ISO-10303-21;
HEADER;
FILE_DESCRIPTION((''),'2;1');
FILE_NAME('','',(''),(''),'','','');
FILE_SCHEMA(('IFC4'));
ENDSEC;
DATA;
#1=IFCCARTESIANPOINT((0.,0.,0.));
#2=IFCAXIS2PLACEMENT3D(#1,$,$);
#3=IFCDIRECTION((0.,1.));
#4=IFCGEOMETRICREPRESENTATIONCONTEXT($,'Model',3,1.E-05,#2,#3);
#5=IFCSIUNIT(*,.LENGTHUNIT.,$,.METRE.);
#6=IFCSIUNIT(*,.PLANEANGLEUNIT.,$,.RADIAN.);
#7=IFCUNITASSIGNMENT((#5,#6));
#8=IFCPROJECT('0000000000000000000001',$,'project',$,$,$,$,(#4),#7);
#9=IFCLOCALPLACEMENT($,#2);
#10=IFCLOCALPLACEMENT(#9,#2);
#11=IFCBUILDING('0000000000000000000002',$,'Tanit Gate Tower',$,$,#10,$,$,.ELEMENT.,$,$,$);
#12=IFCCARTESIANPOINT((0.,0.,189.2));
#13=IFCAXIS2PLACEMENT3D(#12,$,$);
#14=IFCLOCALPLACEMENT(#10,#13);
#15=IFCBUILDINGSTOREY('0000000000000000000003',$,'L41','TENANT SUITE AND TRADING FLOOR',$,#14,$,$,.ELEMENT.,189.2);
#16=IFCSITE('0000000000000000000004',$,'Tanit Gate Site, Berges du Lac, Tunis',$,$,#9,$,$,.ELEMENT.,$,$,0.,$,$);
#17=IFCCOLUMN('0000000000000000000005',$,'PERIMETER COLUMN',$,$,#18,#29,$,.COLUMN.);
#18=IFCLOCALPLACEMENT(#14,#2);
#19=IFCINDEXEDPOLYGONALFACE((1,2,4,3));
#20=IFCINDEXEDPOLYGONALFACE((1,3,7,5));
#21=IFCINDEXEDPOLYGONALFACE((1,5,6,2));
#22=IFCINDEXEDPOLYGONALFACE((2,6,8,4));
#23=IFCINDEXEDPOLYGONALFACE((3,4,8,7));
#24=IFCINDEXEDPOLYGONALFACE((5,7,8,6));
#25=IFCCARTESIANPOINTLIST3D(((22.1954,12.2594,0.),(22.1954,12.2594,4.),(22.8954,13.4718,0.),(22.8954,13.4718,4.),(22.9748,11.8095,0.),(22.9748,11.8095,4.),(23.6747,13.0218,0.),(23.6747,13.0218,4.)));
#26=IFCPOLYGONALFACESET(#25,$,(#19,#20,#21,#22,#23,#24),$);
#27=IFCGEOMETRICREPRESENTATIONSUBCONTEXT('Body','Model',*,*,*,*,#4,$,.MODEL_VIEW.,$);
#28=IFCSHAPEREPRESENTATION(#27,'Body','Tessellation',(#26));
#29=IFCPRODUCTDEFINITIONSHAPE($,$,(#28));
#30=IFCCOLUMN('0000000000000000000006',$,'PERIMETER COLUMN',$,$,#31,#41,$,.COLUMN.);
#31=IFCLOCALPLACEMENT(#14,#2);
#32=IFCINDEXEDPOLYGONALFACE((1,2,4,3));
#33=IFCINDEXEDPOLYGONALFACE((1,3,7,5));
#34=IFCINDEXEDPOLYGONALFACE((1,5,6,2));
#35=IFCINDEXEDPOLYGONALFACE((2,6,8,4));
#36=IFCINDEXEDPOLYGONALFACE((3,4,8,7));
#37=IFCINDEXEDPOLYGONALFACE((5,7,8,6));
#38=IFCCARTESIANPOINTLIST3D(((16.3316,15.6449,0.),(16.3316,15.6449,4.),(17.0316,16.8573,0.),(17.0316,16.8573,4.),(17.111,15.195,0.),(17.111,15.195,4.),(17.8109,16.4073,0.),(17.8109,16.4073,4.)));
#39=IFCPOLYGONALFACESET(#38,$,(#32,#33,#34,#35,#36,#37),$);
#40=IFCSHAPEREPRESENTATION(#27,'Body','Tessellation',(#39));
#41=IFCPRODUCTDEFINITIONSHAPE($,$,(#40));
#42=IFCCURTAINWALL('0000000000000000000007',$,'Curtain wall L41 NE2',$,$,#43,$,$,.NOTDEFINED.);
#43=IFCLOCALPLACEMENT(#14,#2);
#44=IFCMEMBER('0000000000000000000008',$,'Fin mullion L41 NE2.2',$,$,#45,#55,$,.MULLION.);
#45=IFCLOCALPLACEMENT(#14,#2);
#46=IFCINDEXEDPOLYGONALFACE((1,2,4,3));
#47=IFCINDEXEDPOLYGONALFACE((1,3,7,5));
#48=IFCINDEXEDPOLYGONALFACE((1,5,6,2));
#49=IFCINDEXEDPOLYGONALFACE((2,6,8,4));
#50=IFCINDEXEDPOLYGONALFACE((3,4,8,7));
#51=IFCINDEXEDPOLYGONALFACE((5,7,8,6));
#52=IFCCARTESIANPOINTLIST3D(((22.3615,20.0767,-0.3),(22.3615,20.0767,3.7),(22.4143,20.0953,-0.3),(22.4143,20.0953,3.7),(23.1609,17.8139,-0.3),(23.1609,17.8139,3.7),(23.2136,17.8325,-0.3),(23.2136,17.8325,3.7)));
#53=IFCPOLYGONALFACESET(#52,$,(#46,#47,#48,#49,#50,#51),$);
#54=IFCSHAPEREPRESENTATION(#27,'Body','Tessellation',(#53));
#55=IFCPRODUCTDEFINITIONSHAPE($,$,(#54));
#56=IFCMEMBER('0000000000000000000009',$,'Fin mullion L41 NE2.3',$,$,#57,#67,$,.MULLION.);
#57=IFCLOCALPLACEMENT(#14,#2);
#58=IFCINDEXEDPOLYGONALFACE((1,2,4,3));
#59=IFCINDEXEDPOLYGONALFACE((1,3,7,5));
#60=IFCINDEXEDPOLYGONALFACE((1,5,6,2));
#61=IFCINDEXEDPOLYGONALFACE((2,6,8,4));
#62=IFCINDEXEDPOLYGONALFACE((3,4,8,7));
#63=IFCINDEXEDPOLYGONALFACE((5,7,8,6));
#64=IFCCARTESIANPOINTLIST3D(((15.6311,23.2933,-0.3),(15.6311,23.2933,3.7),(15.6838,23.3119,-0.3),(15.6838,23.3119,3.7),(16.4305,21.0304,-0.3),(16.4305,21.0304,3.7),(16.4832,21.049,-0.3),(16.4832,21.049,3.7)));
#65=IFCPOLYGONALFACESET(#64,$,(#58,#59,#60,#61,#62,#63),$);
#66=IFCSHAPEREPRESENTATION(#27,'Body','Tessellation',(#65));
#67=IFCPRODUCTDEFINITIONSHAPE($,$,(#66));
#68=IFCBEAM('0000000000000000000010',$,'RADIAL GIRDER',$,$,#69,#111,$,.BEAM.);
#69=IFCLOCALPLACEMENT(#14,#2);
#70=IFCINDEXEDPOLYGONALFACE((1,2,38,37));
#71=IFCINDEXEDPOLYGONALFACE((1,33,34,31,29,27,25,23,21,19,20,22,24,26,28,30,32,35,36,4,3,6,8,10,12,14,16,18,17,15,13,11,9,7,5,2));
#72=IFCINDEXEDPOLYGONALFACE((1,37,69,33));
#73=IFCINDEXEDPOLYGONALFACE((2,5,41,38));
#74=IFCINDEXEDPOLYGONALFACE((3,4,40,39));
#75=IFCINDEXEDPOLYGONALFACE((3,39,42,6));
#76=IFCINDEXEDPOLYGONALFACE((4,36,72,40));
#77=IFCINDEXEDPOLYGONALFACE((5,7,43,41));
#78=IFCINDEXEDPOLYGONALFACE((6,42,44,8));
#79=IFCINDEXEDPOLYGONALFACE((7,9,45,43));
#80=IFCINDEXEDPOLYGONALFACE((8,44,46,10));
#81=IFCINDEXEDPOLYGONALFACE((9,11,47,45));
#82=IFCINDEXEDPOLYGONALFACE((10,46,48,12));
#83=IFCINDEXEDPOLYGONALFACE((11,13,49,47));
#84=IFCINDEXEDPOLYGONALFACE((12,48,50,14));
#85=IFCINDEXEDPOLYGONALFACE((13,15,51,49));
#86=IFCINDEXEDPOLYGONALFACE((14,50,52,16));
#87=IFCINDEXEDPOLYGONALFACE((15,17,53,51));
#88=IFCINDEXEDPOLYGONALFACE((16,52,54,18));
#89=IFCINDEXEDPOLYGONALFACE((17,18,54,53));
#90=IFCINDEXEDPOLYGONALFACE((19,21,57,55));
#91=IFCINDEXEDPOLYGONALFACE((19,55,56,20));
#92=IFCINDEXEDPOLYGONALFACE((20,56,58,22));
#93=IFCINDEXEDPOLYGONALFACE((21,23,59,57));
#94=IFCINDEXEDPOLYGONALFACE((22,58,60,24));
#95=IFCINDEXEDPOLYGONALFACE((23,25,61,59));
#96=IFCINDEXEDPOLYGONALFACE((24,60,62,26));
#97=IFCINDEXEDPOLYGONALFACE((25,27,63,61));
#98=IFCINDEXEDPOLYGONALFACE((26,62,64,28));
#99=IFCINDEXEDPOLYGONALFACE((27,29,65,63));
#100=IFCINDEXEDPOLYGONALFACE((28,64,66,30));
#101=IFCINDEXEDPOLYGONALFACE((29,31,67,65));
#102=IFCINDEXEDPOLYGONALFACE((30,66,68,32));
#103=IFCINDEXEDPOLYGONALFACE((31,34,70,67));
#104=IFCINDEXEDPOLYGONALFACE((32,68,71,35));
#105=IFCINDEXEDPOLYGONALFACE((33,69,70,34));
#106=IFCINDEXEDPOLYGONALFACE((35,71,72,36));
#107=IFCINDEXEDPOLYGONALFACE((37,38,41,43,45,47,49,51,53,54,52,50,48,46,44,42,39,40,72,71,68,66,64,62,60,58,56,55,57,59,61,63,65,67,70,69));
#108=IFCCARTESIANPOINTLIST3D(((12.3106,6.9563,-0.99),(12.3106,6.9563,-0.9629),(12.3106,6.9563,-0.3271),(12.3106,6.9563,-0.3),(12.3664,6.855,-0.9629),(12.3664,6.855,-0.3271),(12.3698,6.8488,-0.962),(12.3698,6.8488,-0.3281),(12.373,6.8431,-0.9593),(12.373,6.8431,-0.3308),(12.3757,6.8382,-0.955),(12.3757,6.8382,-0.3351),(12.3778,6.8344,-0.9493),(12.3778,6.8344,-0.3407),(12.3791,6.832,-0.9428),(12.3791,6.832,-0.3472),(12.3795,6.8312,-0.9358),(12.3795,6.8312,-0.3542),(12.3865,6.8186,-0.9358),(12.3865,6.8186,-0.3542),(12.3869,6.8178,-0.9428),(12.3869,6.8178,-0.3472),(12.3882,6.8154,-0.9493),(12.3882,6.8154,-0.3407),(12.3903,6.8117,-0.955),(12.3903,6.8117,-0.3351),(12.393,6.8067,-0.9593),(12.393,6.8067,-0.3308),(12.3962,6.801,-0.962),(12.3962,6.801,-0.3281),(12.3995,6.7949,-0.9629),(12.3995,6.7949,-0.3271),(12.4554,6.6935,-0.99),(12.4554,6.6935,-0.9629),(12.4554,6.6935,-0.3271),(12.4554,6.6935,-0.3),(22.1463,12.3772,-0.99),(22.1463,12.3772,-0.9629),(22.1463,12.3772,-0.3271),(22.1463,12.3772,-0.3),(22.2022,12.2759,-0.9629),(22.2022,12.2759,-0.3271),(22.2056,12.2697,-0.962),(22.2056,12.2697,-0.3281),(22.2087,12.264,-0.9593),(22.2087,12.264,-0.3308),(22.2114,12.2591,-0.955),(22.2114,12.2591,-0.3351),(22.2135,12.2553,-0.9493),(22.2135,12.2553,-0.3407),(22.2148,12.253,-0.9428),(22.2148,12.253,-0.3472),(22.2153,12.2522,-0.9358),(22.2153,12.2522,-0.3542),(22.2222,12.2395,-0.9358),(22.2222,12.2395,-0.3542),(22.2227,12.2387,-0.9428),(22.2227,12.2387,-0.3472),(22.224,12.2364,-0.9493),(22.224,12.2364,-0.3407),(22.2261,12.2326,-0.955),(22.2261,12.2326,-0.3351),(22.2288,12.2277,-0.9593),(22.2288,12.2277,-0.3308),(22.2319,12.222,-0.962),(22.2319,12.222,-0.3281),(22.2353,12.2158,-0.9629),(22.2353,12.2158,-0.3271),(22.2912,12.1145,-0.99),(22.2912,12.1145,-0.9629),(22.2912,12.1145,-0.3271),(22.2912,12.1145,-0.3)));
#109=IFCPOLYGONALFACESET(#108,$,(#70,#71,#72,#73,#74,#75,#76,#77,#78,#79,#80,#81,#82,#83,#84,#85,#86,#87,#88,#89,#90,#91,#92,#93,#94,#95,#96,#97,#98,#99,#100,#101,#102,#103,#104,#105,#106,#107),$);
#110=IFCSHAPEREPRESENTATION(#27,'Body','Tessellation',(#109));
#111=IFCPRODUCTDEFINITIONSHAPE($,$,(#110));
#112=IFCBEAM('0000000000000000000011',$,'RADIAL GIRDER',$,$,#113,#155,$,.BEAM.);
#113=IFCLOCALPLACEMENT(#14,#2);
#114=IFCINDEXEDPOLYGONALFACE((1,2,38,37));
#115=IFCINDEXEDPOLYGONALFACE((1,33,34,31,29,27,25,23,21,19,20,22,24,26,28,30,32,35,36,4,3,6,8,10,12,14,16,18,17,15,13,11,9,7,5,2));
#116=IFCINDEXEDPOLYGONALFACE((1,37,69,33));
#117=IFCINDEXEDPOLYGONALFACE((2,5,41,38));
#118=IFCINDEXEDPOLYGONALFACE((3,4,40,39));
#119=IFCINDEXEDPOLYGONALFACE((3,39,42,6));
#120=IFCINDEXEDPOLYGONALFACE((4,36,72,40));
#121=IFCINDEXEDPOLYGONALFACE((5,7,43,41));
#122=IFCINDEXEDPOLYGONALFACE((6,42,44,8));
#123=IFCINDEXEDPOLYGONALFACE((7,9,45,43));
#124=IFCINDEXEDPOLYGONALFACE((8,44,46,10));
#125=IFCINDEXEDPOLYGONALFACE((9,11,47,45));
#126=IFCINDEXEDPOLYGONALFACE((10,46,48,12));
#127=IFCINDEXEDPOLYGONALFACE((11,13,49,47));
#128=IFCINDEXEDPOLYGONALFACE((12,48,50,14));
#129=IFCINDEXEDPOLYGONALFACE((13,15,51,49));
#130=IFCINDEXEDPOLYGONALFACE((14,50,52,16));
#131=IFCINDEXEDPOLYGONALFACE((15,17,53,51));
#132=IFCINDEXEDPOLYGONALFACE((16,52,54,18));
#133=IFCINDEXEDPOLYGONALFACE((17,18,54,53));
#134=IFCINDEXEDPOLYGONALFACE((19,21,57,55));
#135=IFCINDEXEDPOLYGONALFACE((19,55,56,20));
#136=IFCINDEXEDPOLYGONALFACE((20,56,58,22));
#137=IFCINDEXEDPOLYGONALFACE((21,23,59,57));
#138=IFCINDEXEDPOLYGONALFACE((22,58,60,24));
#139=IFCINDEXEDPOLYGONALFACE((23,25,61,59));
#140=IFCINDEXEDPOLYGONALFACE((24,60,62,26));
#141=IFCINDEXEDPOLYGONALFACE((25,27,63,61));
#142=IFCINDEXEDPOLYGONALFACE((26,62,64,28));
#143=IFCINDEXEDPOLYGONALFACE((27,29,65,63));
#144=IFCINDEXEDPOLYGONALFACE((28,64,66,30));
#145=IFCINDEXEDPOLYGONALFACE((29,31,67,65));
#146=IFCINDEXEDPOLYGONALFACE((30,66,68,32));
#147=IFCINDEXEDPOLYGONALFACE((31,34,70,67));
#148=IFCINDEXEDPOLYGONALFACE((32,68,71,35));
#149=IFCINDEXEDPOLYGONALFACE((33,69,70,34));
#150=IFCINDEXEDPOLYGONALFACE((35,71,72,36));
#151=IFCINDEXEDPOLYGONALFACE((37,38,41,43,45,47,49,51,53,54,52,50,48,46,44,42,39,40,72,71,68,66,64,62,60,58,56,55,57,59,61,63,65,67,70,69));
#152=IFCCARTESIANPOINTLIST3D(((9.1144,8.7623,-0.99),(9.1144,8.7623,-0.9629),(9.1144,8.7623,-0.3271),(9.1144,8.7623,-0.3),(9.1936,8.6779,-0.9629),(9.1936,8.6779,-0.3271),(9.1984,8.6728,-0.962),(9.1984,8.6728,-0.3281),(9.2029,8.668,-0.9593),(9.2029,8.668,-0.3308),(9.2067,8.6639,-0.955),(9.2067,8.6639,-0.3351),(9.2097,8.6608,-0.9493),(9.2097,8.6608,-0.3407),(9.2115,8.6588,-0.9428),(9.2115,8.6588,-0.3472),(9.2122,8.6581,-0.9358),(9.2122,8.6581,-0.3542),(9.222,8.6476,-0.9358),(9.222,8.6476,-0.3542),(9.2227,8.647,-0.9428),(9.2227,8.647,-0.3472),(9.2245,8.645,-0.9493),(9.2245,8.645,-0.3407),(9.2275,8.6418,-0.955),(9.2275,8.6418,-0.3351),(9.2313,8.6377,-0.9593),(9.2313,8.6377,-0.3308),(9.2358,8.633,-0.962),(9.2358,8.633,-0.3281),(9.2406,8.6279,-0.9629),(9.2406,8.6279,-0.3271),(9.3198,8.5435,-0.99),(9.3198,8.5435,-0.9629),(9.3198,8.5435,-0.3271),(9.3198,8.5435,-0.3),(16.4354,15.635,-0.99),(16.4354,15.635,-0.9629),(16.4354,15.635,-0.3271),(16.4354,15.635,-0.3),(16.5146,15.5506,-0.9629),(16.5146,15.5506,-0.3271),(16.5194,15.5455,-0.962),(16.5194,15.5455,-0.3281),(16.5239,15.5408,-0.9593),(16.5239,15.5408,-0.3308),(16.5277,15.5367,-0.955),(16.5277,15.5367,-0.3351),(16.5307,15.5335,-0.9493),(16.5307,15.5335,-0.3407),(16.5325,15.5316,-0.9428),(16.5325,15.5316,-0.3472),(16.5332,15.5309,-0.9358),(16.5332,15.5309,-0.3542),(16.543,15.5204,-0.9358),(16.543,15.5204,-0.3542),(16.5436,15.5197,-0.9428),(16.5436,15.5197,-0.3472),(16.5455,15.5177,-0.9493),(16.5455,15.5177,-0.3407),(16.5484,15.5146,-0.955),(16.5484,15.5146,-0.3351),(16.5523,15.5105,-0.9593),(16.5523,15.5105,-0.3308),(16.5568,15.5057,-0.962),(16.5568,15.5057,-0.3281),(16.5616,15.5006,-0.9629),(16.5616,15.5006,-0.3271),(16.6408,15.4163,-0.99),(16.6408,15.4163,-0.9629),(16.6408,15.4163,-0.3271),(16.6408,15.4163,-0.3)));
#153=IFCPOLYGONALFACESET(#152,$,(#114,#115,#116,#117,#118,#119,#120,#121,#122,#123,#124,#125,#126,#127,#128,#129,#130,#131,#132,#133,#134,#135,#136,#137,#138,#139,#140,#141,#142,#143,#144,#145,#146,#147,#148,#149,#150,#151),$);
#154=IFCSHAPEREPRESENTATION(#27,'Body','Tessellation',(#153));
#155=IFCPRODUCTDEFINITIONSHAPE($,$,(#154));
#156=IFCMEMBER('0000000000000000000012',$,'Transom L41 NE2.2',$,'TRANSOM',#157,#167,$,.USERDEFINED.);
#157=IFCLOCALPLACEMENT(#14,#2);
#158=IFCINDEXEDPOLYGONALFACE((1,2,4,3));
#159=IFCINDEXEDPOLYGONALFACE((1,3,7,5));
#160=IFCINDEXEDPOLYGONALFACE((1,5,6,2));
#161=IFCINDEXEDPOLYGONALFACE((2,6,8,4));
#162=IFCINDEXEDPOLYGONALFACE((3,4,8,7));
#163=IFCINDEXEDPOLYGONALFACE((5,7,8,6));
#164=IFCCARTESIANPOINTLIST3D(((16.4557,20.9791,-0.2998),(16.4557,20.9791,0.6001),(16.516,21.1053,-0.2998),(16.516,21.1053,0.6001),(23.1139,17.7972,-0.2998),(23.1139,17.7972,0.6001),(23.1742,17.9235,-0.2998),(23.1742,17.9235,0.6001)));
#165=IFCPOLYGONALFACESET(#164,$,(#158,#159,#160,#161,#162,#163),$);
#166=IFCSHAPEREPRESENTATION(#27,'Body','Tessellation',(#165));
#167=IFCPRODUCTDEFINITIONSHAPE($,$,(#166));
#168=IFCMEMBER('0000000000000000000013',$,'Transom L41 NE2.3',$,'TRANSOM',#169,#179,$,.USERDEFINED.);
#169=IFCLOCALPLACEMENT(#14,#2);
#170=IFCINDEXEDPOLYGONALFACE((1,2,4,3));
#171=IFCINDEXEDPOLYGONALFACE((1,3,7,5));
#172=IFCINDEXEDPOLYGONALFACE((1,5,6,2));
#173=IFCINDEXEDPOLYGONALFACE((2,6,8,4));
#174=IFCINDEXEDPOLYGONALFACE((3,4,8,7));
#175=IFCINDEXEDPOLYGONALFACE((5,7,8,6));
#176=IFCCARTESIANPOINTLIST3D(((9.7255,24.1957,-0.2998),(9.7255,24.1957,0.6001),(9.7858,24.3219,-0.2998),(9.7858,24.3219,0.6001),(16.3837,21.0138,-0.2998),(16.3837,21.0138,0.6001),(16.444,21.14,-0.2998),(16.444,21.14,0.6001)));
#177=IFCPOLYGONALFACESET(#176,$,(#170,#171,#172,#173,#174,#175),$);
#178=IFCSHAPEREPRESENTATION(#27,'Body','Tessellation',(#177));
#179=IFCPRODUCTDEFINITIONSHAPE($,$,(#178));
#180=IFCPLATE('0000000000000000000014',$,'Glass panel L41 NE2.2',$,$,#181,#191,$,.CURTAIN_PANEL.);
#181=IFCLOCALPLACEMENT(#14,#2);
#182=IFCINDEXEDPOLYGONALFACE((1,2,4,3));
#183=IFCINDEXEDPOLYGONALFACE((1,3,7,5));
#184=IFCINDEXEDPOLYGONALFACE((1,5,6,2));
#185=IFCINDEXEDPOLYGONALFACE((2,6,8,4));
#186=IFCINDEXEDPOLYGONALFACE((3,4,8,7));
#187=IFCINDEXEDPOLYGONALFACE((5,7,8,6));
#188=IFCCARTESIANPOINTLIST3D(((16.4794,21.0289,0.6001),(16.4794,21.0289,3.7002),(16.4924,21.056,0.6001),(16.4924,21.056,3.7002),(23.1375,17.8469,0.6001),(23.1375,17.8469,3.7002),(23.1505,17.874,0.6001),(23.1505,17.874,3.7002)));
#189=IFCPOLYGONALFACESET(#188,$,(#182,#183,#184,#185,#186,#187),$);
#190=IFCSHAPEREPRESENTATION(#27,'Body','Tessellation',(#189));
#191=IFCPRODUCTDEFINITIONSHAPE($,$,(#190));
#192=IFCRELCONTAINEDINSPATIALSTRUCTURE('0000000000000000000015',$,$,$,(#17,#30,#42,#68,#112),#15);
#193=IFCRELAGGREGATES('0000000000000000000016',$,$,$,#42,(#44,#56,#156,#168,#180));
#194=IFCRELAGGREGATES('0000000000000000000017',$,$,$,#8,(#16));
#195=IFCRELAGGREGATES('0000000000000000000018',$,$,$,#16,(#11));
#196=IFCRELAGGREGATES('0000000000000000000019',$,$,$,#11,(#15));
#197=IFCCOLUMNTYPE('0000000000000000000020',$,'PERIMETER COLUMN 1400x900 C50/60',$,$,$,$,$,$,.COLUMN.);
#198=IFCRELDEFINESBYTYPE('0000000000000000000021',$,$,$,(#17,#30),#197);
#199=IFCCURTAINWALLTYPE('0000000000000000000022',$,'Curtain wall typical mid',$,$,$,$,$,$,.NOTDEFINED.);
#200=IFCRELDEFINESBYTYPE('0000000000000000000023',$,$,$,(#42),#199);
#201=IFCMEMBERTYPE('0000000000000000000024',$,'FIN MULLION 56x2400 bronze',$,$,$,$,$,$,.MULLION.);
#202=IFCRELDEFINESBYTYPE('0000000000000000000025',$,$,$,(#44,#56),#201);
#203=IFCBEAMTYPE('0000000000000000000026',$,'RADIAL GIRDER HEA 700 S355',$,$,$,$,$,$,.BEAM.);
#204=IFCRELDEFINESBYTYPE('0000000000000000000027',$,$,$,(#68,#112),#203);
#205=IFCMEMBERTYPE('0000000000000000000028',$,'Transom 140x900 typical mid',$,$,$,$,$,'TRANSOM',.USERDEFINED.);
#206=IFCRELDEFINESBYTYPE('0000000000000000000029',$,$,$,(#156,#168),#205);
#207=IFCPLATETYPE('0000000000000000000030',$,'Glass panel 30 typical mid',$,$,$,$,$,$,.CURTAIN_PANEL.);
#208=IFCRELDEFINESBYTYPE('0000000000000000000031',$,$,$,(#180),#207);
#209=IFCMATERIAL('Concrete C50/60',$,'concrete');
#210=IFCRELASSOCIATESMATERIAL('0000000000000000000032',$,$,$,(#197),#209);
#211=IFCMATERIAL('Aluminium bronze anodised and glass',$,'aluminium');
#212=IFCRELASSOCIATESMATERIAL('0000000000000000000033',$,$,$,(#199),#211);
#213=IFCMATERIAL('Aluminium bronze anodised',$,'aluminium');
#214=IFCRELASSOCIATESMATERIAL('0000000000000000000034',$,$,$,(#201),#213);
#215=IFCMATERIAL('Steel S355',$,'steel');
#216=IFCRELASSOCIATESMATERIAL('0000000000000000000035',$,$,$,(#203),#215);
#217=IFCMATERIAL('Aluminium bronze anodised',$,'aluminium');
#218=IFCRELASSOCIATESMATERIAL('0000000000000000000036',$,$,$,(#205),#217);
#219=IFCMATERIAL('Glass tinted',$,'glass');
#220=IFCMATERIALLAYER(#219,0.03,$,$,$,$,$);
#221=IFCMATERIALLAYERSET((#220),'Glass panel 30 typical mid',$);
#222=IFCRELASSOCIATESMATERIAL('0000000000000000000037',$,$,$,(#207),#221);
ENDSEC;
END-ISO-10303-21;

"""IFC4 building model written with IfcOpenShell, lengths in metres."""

from ifc_helpers import new_model, si_unit, direction, frame, origin, origin_2d, place, context, subcontext, project, spatial, rectangle, i_section, extrude, material, layer, layer_set, material_profile, profile_set, type_object, element, aggregate, save


model = new_model("IFC4")

# Units and contexts
model_context = context("Model", 3, precision=1e-05, world=origin(), true_north=direction((0.0, 1.0)))
body_context = subcontext(model_context, "Body", "Model", "MODEL_VIEW")
ifc_project = project(units=[si_unit("LENGTHUNIT", "METRE"), si_unit("PLANEANGLEUNIT", "RADIAN")], contexts=[model_context])

# Site, building, storey
site_placement = place(None, origin())
site = spatial("IfcSite", under=ifc_project, at=site_placement, Name="Tanit Gate Site, Berges du Lac, Tunis", CompositionType="ELEMENT", RefElevation=0.0)
building_placement = place(site_placement, origin())
building = spatial("IfcBuilding", under=site, at=building_placement, Name="Tanit Gate Tower", CompositionType="ELEMENT")
storey_placement = place(building_placement, frame((0.0, 0.0, 189.2)))
storey = spatial("IfcBuildingStorey", under=building, at=storey_placement, Name="L41", Description="TENANT SUITE AND TRADING FLOOR", CompositionType="ELEMENT", Elevation=189.2)

# Columns
ifc_material_1 = material(Name="Concrete C50/60", Category="concrete")
ifc_material_profile_1 = material_profile(ifc_material_1, rectangle(XDim=1.3999, YDim=0.8999, at=origin_2d()), Name="RC 1400x900")
ifc_profile_set_1 = profile_set([ifc_material_profile_1], Name="Concrete C50/60")
column_type = type_object("IfcColumnType", Name="PERIMETER COLUMN 1400x900 C50/60", PredefinedType="COLUMN", material=ifc_profile_set_1)
for number, where, z_axis, x_axis, name in (
    (1, (22.9351, 12.6406, 0.0), (0.0, 0.0, 1.0), (0.5, 0.866025, 0.0), "PERIMETER COLUMN"),
    (2, (17.0713, 16.0261, 0.0), (0.0, 0.0, 1.0), (0.5, 0.866025, 0.0), "PERIMETER COLUMN"),
):
    element("IfcColumn", number, at=place(storey_placement, frame(where, z_axis=z_axis, x_axis=x_axis)), inside=storey, type_object=column_type, Name=name, PredefinedType="COLUMN", context=body_context, shape_type="SweptSolid", body=[
        extrude(rectangle(XDim=1.3999, YDim=0.8999, at=origin_2d()), origin(), (0.0, 0.0, 1.0), 4.0),
    ])

# Curtain wall, members
ifc_material_2 = material(Name="Aluminium bronze anodised and glass", Category="aluminium")
curtain_wall_type = type_object("IfcCurtainWallType", Name="Curtain wall typical mid", PredefinedType="NOTDEFINED", material=ifc_material_2)
curtain_wall_placement = place(storey_placement, origin())
curtain_wall = element("IfcCurtainWall", 3, at=curtain_wall_placement, inside=storey, type_object=curtain_wall_type, Name="Curtain wall L41 NE2", PredefinedType="NOTDEFINED")
ifc_material_3 = material(Name="Aluminium bronze anodised", Category="aluminium")
ifc_material_profile_2 = material_profile(ifc_material_3, rectangle(XDim=2.3999, YDim=0.0559, at=origin_2d()), Name="56x2400 bronze fin mullion")
ifc_profile_set_2 = profile_set([ifc_material_profile_2], Name="Aluminium bronze anodised")
member_type_1 = type_object("IfcMemberType", Name="FIN MULLION 56x2400 bronze", PredefinedType="MULLION", material=ifc_profile_set_2)
member_1_placement = place(storey_placement, frame((22.7876, 18.9546, -0.3), z_axis=(0.0, 0.0, 1.0), x_axis=(0.33309, -0.942895, 0.0)))
member_1 = element("IfcMember", 4, at=member_1_placement, type_object=member_type_1, Name="Fin mullion L41 NE2.2", PredefinedType="MULLION", context=body_context, shape_type="SweptSolid", body=[
    extrude(rectangle(XDim=2.3999, YDim=0.0559, at=origin_2d()), origin(), (0.0, 0.0, 1.0), 4.0),
])
member_2_placement = place(storey_placement, frame((16.0571, 22.1711, -0.3), z_axis=(0.0, 0.0, 1.0), x_axis=(0.33309, -0.942895, 0.0)))
member_2 = element("IfcMember", 5, at=member_2_placement, type_object=member_type_1, Name="Fin mullion L41 NE2.3", PredefinedType="MULLION", context=body_context, shape_type="SweptSolid", body=[
    extrude(rectangle(XDim=2.3999, YDim=0.0559, at=origin_2d()), origin(), (0.0, 0.0, 1.0), 4.0),
])

# Beams
ifc_material_4 = material(Name="Steel S355", Category="steel")
ifc_material_profile_3 = material_profile(ifc_material_4, i_section(OverallWidth=0.3, OverallDepth=0.6899, WebThickness=0.0144, FlangeThickness=0.0271, FilletRadius=0.0271, at=origin_2d()), Name="HEA 700")
ifc_profile_set_3 = profile_set([ifc_material_profile_3], Name="Steel S355")
beam_type = type_object("IfcBeamType", Name="RADIAL GIRDER HEA 700 S355", PredefinedType="BEAM", material=ifc_profile_set_3)
beam_1_placement = place(storey_placement, frame((22.2188, 12.2458, -0.645), z_axis=(-0.875792, -0.482689, 0.0), x_axis=(0.482689, -0.875792, 0.0)))
element("IfcBeam", 6, at=beam_1_placement, inside=storey, type_object=beam_type, Name="RADIAL GIRDER", PredefinedType="BEAM", context=body_context, shape_type="SweptSolid", body=[
    extrude(i_section(OverallWidth=0.3, OverallDepth=0.6899, WebThickness=0.0144, FlangeThickness=0.0271, FilletRadius=0.0271, at=origin_2d()), origin(), (0.0, 0.0, 1.0), 11.2307),
])
beam_2_placement = place(storey_placement, frame((16.5381, 15.5256, -0.645), z_axis=(-0.729074, -0.684435, 0.0), x_axis=(0.684435, -0.729074, 0.0)))
element("IfcBeam", 7, at=beam_2_placement, inside=storey, type_object=beam_type, Name="RADIAL GIRDER", PredefinedType="BEAM", context=body_context, shape_type="SweptSolid", body=[
    extrude(i_section(OverallWidth=0.3, OverallDepth=0.6899, WebThickness=0.0144, FlangeThickness=0.0271, FilletRadius=0.0271, at=origin_2d()), origin(), (0.0, 0.0, 1.0), 10.0415),
])

# Members
ifc_material_5 = material(Name="Aluminium bronze anodised", Category="aluminium")
ifc_material_profile_4 = material_profile(ifc_material_5, rectangle(XDim=0.1399, YDim=0.8999, at=origin_2d()), Name="140x900 bronze transom")
ifc_profile_set_4 = profile_set([ifc_material_profile_4], Name="Aluminium bronze anodised")
member_type_2 = type_object("IfcMemberType", Name="Transom 140x900 typical mid", ElementType="TRANSOM", PredefinedType="USERDEFINED", material=ifc_profile_set_4)
member_3_placement = place(storey_placement, frame((23.144, 17.8604, 0.1501), z_axis=(-0.902265, 0.431183, 0.0), x_axis=(-0.431183, -0.902265, 0.0)))
member_3 = element("IfcMember", 8, at=member_3_placement, type_object=member_type_2, Name="Transom L41 NE2.2", ObjectType="TRANSOM", PredefinedType="USERDEFINED", context=body_context, shape_type="SweptSolid", body=[
    extrude(rectangle(XDim=0.1399, YDim=0.8999, at=origin_2d()), origin(), (0.0, 0.0, 1.0), 7.3794),
])
member_4_placement = place(storey_placement, frame((16.4138, 21.0769, 0.1501), z_axis=(-0.902265, 0.431183, 0.0), x_axis=(-0.431183, -0.902265, 0.0)))
member_4 = element("IfcMember", 9, at=member_4_placement, type_object=member_type_2, Name="Transom L41 NE2.3", ObjectType="TRANSOM", PredefinedType="USERDEFINED", context=body_context, shape_type="SweptSolid", body=[
    extrude(rectangle(XDim=0.1399, YDim=0.8999, at=origin_2d()), origin(), (0.0, 0.0, 1.0), 7.3794),
])

# Plate
ifc_material_6 = material(Name="Glass tinted", Category="glass")
ifc_layer_1 = layer(ifc_material_6, 0.03)
ifc_layer_set_1 = layer_set([ifc_layer_1], Name="Glass panel 30 typical mid")
plate_type = type_object("IfcPlateType", Name="Glass panel 30 typical mid", PredefinedType="CURTAIN_PANEL", material=ifc_layer_set_1)
plate_1_placement = place(storey_placement, frame((19.8149, 19.4514, 0.6001), z_axis=(0.0, 0.0, 1.0), x_axis=(-0.902258, 0.431197, 0.0)))
plate_1 = element("IfcPlate", 10, at=plate_1_placement, type_object=plate_type, Name="Glass panel L41 NE2.2", PredefinedType="CURTAIN_PANEL", context=body_context, shape_type="SweptSolid", body=[
    extrude(rectangle(XDim=7.3794, YDim=0.03, at=origin_2d()), origin(), (0.0, 0.0, 1.0), 3.1001),
])
aggregate(curtain_wall, [member_1, member_2, member_3, member_4, plate_1])

save(model, "model.ifc")
